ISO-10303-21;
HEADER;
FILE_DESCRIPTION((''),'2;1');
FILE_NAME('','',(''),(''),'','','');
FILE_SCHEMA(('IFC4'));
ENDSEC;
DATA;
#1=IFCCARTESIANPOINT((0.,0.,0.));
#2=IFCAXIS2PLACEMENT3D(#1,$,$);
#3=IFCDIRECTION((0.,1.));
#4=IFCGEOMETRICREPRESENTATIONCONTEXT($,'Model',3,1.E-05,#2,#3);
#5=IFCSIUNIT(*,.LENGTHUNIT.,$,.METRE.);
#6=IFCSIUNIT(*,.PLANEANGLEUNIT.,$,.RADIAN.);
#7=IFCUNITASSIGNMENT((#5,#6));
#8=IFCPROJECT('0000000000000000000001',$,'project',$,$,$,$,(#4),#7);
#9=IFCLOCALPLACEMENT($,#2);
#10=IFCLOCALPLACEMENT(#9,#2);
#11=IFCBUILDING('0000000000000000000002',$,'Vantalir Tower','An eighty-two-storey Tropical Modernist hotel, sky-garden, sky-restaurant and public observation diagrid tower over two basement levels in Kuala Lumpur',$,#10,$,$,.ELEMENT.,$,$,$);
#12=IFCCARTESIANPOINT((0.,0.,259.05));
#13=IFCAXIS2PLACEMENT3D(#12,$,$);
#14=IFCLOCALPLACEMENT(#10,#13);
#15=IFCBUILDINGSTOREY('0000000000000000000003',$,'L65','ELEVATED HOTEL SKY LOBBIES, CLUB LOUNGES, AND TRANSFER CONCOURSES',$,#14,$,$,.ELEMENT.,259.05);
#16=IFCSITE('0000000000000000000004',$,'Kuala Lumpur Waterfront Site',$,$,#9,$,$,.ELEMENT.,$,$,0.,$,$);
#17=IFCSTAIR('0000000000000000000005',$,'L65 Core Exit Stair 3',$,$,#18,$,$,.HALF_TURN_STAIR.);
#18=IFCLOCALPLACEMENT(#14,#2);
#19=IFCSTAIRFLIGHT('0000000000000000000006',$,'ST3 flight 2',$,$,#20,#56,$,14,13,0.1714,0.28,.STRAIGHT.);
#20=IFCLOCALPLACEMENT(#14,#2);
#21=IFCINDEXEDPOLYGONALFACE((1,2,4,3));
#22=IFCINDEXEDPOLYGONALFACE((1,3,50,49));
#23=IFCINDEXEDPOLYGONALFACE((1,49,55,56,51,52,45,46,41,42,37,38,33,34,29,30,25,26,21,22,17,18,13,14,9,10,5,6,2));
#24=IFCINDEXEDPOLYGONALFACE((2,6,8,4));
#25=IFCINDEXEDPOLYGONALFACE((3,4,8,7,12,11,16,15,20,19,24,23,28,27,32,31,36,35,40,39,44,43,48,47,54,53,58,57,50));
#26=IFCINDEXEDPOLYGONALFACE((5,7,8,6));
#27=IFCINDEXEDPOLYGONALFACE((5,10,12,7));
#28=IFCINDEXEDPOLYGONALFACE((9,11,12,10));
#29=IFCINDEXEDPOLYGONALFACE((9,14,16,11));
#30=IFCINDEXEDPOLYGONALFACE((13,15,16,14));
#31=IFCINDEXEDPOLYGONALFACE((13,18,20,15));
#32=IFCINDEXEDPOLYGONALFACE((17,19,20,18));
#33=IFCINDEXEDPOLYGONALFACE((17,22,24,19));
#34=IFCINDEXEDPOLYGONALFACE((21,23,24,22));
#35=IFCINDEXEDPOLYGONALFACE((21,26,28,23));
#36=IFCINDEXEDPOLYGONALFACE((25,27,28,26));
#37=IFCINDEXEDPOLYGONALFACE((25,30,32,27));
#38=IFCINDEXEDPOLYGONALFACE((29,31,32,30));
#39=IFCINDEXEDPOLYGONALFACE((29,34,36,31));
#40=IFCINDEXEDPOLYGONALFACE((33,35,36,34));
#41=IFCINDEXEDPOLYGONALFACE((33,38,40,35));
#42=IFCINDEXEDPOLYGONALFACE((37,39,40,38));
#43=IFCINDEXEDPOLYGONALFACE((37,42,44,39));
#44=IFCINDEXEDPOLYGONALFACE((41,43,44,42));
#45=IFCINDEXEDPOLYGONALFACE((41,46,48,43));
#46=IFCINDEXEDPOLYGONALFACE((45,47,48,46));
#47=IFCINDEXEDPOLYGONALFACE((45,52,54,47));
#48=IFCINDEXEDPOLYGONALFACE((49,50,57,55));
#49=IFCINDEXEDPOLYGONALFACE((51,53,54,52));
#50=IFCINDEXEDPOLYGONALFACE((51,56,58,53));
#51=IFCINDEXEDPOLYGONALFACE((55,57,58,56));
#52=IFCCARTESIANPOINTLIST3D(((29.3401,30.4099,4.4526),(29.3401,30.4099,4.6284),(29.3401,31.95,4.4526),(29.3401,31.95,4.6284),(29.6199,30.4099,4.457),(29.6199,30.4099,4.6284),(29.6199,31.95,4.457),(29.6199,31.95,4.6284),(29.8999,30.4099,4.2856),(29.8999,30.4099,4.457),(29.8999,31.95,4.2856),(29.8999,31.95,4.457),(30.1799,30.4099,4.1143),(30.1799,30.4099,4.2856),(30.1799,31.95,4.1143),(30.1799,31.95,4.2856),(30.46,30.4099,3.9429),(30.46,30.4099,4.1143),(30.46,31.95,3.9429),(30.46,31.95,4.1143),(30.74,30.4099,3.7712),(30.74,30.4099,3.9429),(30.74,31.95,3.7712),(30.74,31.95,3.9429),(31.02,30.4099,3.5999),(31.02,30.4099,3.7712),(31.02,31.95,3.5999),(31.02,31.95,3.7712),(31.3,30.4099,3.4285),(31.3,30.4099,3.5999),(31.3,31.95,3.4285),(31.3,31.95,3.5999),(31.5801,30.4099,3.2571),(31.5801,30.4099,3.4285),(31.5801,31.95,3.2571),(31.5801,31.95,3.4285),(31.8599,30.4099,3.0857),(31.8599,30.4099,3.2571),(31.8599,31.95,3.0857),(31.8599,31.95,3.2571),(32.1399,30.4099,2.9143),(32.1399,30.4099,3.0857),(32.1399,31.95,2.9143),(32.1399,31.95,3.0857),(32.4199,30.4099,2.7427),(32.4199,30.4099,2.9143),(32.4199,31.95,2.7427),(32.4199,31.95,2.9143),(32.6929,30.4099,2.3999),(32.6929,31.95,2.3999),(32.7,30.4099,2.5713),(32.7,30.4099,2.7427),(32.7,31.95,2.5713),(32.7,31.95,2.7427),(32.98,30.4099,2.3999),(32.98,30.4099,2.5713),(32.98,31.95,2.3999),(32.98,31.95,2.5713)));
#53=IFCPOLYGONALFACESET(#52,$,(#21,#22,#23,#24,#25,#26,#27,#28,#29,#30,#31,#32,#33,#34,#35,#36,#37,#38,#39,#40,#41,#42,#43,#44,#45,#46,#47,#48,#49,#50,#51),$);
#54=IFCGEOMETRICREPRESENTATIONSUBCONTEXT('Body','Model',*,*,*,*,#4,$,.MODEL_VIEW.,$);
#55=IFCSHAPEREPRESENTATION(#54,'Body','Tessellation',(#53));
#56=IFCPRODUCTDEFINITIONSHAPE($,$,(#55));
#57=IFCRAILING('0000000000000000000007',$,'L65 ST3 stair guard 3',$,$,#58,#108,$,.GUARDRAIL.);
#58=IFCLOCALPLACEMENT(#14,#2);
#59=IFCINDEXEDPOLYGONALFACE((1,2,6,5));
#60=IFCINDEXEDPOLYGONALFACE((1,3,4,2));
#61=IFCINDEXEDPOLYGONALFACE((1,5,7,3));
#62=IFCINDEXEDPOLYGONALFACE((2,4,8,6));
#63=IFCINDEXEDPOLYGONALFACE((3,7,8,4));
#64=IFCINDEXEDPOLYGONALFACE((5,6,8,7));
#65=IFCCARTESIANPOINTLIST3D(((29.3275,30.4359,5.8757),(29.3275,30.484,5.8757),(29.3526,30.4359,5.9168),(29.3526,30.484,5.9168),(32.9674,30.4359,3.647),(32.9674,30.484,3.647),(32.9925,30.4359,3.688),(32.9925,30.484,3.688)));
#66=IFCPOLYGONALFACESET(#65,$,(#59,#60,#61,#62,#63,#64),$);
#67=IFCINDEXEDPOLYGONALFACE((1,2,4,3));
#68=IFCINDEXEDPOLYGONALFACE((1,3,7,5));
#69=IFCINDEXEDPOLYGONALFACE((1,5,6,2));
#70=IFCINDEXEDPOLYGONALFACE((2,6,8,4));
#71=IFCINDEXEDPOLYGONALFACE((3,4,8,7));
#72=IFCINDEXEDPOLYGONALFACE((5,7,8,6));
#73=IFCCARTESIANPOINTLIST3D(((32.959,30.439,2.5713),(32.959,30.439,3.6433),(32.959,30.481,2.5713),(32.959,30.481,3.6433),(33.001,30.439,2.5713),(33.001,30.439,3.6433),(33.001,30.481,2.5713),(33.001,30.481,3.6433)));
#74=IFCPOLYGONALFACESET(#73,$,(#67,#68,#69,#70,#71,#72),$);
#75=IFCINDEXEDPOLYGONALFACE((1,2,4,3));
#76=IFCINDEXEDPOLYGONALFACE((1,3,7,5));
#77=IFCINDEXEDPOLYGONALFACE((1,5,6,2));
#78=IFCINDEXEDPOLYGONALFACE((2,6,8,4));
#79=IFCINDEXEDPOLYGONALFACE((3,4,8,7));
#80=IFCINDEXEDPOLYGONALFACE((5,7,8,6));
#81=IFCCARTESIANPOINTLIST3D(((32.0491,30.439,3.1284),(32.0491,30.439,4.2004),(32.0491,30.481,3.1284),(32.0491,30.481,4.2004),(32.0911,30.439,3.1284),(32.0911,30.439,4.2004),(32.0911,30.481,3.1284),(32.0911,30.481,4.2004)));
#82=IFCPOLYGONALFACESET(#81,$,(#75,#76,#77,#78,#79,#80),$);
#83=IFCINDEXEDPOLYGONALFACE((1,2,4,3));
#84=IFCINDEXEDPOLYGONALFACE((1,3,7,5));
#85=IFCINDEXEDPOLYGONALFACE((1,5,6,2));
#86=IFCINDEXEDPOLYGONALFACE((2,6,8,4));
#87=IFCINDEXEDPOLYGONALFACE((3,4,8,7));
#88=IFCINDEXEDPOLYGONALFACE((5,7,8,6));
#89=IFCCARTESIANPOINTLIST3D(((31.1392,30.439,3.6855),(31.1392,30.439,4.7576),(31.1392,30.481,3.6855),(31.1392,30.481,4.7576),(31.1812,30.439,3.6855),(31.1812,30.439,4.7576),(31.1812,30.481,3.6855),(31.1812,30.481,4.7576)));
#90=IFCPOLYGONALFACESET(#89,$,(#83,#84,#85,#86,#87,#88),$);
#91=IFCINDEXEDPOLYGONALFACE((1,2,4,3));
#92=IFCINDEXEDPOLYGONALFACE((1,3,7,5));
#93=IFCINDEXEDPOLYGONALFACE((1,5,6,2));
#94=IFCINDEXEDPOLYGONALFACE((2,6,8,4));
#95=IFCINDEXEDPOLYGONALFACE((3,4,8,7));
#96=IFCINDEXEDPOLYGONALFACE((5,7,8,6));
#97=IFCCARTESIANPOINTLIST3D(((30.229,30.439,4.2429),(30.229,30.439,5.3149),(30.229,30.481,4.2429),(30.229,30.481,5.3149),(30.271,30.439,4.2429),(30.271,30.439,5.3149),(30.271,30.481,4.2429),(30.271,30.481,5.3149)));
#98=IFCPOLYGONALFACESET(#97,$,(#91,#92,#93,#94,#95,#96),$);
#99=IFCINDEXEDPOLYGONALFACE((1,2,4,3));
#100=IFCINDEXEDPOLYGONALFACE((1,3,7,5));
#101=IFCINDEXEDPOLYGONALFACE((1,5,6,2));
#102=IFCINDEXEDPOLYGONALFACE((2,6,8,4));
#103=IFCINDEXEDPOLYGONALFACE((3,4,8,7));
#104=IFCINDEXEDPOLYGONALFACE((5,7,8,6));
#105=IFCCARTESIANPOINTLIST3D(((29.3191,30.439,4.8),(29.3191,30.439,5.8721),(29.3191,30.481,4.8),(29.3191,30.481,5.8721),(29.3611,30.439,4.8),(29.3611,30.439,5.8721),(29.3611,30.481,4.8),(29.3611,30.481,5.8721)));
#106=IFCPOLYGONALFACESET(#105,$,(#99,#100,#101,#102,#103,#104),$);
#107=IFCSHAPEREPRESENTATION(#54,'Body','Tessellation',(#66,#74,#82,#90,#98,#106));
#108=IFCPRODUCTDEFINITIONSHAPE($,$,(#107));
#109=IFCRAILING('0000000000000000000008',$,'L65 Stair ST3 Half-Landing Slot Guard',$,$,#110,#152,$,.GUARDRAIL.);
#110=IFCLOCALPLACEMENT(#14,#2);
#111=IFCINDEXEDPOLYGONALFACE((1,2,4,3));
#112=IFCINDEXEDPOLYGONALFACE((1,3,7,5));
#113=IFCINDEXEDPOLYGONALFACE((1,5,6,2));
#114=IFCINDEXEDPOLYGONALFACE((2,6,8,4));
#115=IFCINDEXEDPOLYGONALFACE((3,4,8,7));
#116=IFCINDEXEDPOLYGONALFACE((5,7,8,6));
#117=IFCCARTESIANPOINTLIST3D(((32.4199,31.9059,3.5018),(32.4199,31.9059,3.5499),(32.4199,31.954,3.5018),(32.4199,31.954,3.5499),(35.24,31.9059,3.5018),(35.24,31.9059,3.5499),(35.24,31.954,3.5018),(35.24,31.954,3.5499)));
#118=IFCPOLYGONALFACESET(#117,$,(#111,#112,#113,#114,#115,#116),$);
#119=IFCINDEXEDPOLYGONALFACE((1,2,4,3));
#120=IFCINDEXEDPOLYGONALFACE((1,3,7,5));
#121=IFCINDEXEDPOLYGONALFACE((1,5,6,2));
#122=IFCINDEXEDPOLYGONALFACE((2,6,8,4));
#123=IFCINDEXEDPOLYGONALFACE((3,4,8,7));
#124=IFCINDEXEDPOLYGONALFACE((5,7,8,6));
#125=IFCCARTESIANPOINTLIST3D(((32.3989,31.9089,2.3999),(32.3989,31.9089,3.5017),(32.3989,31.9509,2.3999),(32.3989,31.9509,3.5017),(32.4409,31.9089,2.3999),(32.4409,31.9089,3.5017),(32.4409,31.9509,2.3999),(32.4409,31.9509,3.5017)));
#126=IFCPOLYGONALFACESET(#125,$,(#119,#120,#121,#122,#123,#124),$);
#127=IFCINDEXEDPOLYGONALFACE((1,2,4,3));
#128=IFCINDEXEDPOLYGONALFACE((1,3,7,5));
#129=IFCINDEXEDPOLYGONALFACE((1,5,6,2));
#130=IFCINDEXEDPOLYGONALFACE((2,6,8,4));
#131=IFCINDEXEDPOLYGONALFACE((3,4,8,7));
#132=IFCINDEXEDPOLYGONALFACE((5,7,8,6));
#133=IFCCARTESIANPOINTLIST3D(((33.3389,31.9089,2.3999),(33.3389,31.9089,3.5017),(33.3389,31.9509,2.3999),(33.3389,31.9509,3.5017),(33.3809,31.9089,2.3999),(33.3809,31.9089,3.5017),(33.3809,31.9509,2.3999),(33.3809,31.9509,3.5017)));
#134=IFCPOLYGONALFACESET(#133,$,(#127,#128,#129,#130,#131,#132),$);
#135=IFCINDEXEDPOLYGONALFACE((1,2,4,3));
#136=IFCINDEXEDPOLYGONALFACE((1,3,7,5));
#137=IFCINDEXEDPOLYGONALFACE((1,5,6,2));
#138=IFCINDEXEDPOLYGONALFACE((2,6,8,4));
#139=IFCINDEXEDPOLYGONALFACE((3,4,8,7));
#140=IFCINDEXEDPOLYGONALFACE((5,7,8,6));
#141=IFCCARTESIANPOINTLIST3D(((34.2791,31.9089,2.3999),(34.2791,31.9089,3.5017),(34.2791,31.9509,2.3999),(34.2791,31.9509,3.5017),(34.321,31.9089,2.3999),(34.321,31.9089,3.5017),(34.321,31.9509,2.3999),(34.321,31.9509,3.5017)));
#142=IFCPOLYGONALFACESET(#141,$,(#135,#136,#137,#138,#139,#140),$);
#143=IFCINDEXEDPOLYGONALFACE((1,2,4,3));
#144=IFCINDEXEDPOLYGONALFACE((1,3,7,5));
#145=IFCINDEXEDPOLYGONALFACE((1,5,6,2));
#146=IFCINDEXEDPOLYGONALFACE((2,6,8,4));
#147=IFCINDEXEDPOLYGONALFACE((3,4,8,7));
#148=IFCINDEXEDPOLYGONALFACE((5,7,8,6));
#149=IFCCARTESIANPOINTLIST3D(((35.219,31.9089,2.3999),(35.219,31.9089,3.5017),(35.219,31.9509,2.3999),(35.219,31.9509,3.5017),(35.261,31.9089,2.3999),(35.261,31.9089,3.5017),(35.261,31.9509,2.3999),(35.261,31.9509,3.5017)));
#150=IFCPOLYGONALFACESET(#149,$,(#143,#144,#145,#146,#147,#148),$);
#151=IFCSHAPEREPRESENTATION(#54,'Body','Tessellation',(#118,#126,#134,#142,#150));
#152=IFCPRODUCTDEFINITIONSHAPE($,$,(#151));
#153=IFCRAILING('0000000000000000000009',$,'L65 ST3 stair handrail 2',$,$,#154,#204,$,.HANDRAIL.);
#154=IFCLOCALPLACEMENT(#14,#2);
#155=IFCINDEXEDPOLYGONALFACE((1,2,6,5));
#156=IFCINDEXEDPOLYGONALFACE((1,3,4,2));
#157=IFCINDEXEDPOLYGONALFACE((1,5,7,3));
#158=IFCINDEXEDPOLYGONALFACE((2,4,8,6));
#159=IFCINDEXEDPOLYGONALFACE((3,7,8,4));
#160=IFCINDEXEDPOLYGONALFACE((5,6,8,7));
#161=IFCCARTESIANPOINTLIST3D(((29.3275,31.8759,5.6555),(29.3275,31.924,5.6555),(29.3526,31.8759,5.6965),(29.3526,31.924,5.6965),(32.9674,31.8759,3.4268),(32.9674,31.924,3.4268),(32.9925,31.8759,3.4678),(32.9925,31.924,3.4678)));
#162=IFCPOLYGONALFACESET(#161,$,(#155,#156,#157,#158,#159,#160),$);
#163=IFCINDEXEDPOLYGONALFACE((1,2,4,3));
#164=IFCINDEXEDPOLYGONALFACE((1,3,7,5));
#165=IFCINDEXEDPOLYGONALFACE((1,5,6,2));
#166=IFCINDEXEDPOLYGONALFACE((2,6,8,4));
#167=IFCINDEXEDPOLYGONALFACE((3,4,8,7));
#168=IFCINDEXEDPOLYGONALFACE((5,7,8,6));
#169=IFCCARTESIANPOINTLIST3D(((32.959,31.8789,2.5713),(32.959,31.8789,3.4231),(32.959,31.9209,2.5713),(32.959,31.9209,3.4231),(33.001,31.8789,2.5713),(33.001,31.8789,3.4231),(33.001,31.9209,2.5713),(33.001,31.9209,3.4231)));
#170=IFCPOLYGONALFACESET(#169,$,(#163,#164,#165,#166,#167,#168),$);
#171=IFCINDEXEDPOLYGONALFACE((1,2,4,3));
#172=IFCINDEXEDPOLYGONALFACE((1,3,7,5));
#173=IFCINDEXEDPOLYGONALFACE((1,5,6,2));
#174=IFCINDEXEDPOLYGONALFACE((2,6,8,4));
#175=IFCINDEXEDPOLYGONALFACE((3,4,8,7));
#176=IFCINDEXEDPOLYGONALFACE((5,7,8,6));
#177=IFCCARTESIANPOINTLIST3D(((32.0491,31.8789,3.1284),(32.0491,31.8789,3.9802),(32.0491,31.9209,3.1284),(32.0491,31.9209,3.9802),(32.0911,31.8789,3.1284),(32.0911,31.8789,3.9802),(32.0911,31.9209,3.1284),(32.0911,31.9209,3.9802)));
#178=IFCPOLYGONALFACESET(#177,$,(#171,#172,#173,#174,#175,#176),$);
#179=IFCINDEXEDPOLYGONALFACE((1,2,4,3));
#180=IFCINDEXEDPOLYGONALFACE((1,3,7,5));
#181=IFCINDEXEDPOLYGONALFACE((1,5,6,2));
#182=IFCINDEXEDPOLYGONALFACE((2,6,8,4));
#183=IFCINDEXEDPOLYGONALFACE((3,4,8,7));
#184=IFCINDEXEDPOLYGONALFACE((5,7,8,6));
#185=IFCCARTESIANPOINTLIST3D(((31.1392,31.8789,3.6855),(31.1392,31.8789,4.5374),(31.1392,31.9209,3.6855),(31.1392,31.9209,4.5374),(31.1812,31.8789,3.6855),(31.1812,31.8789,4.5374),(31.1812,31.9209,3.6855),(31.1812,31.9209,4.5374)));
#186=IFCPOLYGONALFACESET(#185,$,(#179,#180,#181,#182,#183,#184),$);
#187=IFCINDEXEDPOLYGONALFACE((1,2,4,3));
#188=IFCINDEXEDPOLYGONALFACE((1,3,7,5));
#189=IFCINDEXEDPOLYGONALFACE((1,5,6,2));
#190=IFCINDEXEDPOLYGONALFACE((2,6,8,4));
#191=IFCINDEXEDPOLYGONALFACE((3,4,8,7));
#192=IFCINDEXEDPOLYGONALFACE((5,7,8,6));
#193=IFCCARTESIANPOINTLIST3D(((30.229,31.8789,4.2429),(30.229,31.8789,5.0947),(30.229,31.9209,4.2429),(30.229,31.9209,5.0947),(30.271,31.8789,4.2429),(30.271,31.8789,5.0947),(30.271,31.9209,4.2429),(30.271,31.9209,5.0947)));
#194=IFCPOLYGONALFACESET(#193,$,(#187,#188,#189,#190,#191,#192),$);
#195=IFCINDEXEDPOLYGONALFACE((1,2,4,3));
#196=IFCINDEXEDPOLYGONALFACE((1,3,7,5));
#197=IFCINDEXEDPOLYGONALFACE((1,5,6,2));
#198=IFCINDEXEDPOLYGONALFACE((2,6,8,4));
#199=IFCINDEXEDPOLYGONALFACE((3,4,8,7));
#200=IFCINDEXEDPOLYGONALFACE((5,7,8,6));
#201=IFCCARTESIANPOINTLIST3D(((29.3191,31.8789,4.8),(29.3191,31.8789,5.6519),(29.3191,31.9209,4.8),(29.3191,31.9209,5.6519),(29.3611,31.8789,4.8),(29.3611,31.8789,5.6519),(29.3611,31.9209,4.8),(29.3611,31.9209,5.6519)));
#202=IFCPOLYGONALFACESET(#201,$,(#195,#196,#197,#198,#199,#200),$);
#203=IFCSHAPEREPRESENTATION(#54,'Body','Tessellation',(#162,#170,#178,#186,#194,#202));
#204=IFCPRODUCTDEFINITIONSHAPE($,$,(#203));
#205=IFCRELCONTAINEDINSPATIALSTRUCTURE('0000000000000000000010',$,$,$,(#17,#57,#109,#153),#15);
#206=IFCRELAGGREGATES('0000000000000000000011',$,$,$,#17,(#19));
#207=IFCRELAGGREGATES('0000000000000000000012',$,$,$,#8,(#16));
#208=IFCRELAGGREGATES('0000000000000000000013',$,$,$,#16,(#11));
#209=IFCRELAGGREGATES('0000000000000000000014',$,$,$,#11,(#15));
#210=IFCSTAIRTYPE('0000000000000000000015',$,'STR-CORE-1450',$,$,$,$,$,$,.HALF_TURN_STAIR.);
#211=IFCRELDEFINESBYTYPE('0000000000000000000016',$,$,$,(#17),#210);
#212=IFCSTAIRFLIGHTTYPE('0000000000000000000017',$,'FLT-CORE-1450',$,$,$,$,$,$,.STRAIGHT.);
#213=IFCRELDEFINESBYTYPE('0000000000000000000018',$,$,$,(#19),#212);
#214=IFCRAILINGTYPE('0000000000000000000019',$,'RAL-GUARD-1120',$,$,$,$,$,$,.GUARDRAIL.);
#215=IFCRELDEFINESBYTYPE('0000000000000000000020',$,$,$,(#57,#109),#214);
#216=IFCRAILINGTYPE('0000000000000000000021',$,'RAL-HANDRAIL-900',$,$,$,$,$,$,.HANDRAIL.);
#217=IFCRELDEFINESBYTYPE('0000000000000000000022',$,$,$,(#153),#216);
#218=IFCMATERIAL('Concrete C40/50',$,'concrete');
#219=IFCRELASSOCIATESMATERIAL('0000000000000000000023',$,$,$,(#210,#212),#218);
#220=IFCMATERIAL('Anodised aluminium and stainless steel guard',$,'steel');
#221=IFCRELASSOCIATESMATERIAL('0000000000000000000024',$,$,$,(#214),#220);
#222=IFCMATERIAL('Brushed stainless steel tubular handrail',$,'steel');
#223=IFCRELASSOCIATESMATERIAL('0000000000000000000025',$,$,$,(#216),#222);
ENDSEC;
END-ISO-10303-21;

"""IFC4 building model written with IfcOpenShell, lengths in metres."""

from ifc_helpers import new_model, si_unit, direction, frame, origin, origin_2d, place, context, subcontext, project, spatial, polyline, rectangle, outline, extrude, material, type_object, element, aggregate, save


model = new_model("IFC4")

# Units and contexts
model_context = context("Model", 3, precision=1e-05, world=origin(), true_north=direction((0.0, 1.0)))
body_context = subcontext(model_context, "Body", "Model", "MODEL_VIEW")
ifc_project = project(units=[si_unit("LENGTHUNIT", "METRE"), si_unit("PLANEANGLEUNIT", "RADIAN")], contexts=[model_context])

# Site, building, storey
site_placement = place(None, origin())
site = spatial("IfcSite", under=ifc_project, at=site_placement, Name="Kuala Lumpur Waterfront Site", CompositionType="ELEMENT", RefElevation=0.0)
building_placement = place(site_placement, origin())
building = spatial("IfcBuilding", under=site, at=building_placement, Name="Vantalir Tower", Description="An eighty-two-storey Tropical Modernist hotel, sky-garden, sky-restaurant and public observation diagrid tower over two basement levels in Kuala Lumpur", CompositionType="ELEMENT")
storey_placement = place(building_placement, frame((0.0, 0.0, 259.05)))
storey = spatial("IfcBuildingStorey", under=building, at=storey_placement, Name="L65", Description="ELEVATED HOTEL SKY LOBBIES, CLUB LOUNGES, AND TRANSFER CONCOURSES", CompositionType="ELEMENT", Elevation=259.05)

# Stair, stair flight
ifc_material_1 = material(Name="Concrete C40/50", Category="concrete")
stair_type = type_object("IfcStairType", Name="STR-CORE-1450", PredefinedType="HALF_TURN_STAIR", material=ifc_material_1)
stair_placement = place(storey_placement, origin())
stair = element("IfcStair", 1, at=stair_placement, inside=storey, type_object=stair_type, Name="L65 Core Exit Stair 3", PredefinedType="HALF_TURN_STAIR")
stair_flight_type = type_object("IfcStairFlightType", Name="FLT-CORE-1450", PredefinedType="STRAIGHT", material=ifc_material_1)
stair_flight_placement = place(storey_placement, frame((32.98, 31.1799, 2.3999), z_axis=(0.0, 0.0, 1.0), x_axis=(-1.0, 0.0, 0.0)))
stair_flight = element("IfcStairFlight", 2, at=stair_flight_placement, type_object=stair_flight_type, Name="ST3 flight 2", NumberOfRisers=14, NumberOfTreads=13, PredefinedType="STRAIGHT", RiserHeight=0.1714, TreadLength=0.28, context=body_context, shape_type="SweptSolid", body=[
    extrude(outline(polyline([(0.0, 0.0), (0.0, 0.1714), (0.28, 0.1714), (0.28, 0.3428), (0.5601, 0.3428), (0.5601, 0.5144), (0.8401, 0.5144), (0.8401, 0.6858), (1.1201, 0.6858), (1.1201, 0.8572), (1.3999, 0.8572), (1.3999, 1.0286), (1.6799, 1.0286), (1.6799, 1.2), (1.96, 1.2), (1.96, 1.3713), (2.24, 1.3713), (2.24, 1.543), (2.52, 1.543), (2.52, 1.7144), (2.8, 1.7144), (2.8, 1.8857), (3.0801, 1.8857), (3.0801, 2.0571), (3.3601, 2.0571), (3.3601, 2.2285), (3.6399, 2.2285), (3.6399, 2.3999), (3.6399, 2.0527), (0.2871, 0.0), (0.0, 0.0)])), frame((0.0, 0.77, 0.0), z_axis=(0.0, -1.0, 0.0), x_axis=(1.0, 0.0, 0.0)), (0.0, 0.0, 1.0), 1.54),
])
aggregate(stair, [stair_flight])

# Railings
ifc_material_2 = material(Name="Anodised aluminium and stainless steel guard", Category="steel")
railing_type_1 = type_object("IfcRailingType", Name="RAL-GUARD-1120", PredefinedType="GUARDRAIL", material=ifc_material_2)
railing_1_placement = place(storey_placement, frame((32.98, 30.46, 2.5713)))
element("IfcRailing", 3, at=railing_1_placement, inside=storey, type_object=railing_type_1, Name="L65 ST3 stair guard 3", PredefinedType="GUARDRAIL", context=body_context, shape_type="SweptSolid", body=[
    extrude(rectangle(XDim=0.0481, YDim=0.0481, at=origin_2d()), frame((0.0, 0.0, 1.0962), z_axis=(-0.852825, 0.0, 0.522197), x_axis=(0.0, -1.0, 0.0)), (0.0, 0.0, 1.0), 4.2681),
    extrude(rectangle(XDim=0.042, YDim=0.042, at=origin_2d()), origin(), (0.0, 0.0, 1.0), 1.072),
    extrude(rectangle(XDim=0.042, YDim=0.042, at=origin_2d()), frame((-0.9099, 0.0, 0.5571)), (0.0, 0.0, 1.0), 1.072),
    extrude(rectangle(XDim=0.042, YDim=0.042, at=origin_2d()), frame((-1.8198, 0.0, 1.1143)), (0.0, 0.0, 1.0), 1.072),
    extrude(rectangle(XDim=0.042, YDim=0.042, at=origin_2d()), frame((-2.73, 0.0, 1.6716)), (0.0, 0.0, 1.0), 1.072),
    extrude(rectangle(XDim=0.042, YDim=0.042, at=origin_2d()), frame((-3.6399, 0.0, 2.2288)), (0.0, 0.0, 1.0), 1.072),
])
railing_2_placement = place(storey_placement, frame((32.4199, 31.9299, 2.3999)))
element("IfcRailing", 4, at=railing_2_placement, inside=storey, type_object=railing_type_1, Name="L65 Stair ST3 Half-Landing Slot Guard", PredefinedType="GUARDRAIL", context=body_context, shape_type="SweptSolid", body=[
    extrude(rectangle(XDim=0.0481, YDim=0.0481, at=origin_2d()), frame((0.0, 0.0, 1.126), z_axis=(1.0, 0.0, 0.0), x_axis=(0.0, 1.0, 0.0)), (0.0, 0.0, 1.0), 2.8201),
    extrude(rectangle(XDim=0.042, YDim=0.042, at=origin_2d()), origin(), (0.0, 0.0, 1.0), 1.1018),
    extrude(rectangle(XDim=0.042, YDim=0.042, at=origin_2d()), frame((0.9399, 0.0, 0.0)), (0.0, 0.0, 1.0), 1.1018),
    extrude(rectangle(XDim=0.042, YDim=0.042, at=origin_2d()), frame((1.8801, 0.0, 0.0)), (0.0, 0.0, 1.0), 1.1018),
    extrude(rectangle(XDim=0.042, YDim=0.042, at=origin_2d()), frame((2.8201, 0.0, 0.0)), (0.0, 0.0, 1.0), 1.1018),
])
ifc_material_3 = material(Name="Brushed stainless steel tubular handrail", Category="steel")
railing_type_2 = type_object("IfcRailingType", Name="RAL-HANDRAIL-900", PredefinedType="HANDRAIL", material=ifc_material_3)
railing_3_placement = place(storey_placement, frame((32.98, 31.8999, 2.5713)))
element("IfcRailing", 5, at=railing_3_placement, inside=storey, type_object=railing_type_2, Name="L65 ST3 stair handrail 2", PredefinedType="HANDRAIL", context=body_context, shape_type="SweptSolid", body=[
    extrude(rectangle(XDim=0.0481, YDim=0.0481, at=origin_2d()), frame((0.0, 0.0, 0.876), z_axis=(-0.852825, 0.0, 0.522197), x_axis=(0.0, -1.0, 0.0)), (0.0, 0.0, 1.0), 4.2681),
    extrude(rectangle(XDim=0.042, YDim=0.042, at=origin_2d()), origin(), (0.0, 0.0, 1.0), 0.8518),
    extrude(rectangle(XDim=0.042, YDim=0.042, at=origin_2d()), frame((-0.9099, 0.0, 0.5571)), (0.0, 0.0, 1.0), 0.8518),
    extrude(rectangle(XDim=0.042, YDim=0.042, at=origin_2d()), frame((-1.8198, 0.0, 1.1143)), (0.0, 0.0, 1.0), 0.8518),
    extrude(rectangle(XDim=0.042, YDim=0.042, at=origin_2d()), frame((-2.73, 0.0, 1.6716)), (0.0, 0.0, 1.0), 0.8518),
    extrude(rectangle(XDim=0.042, YDim=0.042, at=origin_2d()), frame((-3.6399, 0.0, 2.2288)), (0.0, 0.0, 1.0), 0.8518),
])

save(model, "model.ifc")
